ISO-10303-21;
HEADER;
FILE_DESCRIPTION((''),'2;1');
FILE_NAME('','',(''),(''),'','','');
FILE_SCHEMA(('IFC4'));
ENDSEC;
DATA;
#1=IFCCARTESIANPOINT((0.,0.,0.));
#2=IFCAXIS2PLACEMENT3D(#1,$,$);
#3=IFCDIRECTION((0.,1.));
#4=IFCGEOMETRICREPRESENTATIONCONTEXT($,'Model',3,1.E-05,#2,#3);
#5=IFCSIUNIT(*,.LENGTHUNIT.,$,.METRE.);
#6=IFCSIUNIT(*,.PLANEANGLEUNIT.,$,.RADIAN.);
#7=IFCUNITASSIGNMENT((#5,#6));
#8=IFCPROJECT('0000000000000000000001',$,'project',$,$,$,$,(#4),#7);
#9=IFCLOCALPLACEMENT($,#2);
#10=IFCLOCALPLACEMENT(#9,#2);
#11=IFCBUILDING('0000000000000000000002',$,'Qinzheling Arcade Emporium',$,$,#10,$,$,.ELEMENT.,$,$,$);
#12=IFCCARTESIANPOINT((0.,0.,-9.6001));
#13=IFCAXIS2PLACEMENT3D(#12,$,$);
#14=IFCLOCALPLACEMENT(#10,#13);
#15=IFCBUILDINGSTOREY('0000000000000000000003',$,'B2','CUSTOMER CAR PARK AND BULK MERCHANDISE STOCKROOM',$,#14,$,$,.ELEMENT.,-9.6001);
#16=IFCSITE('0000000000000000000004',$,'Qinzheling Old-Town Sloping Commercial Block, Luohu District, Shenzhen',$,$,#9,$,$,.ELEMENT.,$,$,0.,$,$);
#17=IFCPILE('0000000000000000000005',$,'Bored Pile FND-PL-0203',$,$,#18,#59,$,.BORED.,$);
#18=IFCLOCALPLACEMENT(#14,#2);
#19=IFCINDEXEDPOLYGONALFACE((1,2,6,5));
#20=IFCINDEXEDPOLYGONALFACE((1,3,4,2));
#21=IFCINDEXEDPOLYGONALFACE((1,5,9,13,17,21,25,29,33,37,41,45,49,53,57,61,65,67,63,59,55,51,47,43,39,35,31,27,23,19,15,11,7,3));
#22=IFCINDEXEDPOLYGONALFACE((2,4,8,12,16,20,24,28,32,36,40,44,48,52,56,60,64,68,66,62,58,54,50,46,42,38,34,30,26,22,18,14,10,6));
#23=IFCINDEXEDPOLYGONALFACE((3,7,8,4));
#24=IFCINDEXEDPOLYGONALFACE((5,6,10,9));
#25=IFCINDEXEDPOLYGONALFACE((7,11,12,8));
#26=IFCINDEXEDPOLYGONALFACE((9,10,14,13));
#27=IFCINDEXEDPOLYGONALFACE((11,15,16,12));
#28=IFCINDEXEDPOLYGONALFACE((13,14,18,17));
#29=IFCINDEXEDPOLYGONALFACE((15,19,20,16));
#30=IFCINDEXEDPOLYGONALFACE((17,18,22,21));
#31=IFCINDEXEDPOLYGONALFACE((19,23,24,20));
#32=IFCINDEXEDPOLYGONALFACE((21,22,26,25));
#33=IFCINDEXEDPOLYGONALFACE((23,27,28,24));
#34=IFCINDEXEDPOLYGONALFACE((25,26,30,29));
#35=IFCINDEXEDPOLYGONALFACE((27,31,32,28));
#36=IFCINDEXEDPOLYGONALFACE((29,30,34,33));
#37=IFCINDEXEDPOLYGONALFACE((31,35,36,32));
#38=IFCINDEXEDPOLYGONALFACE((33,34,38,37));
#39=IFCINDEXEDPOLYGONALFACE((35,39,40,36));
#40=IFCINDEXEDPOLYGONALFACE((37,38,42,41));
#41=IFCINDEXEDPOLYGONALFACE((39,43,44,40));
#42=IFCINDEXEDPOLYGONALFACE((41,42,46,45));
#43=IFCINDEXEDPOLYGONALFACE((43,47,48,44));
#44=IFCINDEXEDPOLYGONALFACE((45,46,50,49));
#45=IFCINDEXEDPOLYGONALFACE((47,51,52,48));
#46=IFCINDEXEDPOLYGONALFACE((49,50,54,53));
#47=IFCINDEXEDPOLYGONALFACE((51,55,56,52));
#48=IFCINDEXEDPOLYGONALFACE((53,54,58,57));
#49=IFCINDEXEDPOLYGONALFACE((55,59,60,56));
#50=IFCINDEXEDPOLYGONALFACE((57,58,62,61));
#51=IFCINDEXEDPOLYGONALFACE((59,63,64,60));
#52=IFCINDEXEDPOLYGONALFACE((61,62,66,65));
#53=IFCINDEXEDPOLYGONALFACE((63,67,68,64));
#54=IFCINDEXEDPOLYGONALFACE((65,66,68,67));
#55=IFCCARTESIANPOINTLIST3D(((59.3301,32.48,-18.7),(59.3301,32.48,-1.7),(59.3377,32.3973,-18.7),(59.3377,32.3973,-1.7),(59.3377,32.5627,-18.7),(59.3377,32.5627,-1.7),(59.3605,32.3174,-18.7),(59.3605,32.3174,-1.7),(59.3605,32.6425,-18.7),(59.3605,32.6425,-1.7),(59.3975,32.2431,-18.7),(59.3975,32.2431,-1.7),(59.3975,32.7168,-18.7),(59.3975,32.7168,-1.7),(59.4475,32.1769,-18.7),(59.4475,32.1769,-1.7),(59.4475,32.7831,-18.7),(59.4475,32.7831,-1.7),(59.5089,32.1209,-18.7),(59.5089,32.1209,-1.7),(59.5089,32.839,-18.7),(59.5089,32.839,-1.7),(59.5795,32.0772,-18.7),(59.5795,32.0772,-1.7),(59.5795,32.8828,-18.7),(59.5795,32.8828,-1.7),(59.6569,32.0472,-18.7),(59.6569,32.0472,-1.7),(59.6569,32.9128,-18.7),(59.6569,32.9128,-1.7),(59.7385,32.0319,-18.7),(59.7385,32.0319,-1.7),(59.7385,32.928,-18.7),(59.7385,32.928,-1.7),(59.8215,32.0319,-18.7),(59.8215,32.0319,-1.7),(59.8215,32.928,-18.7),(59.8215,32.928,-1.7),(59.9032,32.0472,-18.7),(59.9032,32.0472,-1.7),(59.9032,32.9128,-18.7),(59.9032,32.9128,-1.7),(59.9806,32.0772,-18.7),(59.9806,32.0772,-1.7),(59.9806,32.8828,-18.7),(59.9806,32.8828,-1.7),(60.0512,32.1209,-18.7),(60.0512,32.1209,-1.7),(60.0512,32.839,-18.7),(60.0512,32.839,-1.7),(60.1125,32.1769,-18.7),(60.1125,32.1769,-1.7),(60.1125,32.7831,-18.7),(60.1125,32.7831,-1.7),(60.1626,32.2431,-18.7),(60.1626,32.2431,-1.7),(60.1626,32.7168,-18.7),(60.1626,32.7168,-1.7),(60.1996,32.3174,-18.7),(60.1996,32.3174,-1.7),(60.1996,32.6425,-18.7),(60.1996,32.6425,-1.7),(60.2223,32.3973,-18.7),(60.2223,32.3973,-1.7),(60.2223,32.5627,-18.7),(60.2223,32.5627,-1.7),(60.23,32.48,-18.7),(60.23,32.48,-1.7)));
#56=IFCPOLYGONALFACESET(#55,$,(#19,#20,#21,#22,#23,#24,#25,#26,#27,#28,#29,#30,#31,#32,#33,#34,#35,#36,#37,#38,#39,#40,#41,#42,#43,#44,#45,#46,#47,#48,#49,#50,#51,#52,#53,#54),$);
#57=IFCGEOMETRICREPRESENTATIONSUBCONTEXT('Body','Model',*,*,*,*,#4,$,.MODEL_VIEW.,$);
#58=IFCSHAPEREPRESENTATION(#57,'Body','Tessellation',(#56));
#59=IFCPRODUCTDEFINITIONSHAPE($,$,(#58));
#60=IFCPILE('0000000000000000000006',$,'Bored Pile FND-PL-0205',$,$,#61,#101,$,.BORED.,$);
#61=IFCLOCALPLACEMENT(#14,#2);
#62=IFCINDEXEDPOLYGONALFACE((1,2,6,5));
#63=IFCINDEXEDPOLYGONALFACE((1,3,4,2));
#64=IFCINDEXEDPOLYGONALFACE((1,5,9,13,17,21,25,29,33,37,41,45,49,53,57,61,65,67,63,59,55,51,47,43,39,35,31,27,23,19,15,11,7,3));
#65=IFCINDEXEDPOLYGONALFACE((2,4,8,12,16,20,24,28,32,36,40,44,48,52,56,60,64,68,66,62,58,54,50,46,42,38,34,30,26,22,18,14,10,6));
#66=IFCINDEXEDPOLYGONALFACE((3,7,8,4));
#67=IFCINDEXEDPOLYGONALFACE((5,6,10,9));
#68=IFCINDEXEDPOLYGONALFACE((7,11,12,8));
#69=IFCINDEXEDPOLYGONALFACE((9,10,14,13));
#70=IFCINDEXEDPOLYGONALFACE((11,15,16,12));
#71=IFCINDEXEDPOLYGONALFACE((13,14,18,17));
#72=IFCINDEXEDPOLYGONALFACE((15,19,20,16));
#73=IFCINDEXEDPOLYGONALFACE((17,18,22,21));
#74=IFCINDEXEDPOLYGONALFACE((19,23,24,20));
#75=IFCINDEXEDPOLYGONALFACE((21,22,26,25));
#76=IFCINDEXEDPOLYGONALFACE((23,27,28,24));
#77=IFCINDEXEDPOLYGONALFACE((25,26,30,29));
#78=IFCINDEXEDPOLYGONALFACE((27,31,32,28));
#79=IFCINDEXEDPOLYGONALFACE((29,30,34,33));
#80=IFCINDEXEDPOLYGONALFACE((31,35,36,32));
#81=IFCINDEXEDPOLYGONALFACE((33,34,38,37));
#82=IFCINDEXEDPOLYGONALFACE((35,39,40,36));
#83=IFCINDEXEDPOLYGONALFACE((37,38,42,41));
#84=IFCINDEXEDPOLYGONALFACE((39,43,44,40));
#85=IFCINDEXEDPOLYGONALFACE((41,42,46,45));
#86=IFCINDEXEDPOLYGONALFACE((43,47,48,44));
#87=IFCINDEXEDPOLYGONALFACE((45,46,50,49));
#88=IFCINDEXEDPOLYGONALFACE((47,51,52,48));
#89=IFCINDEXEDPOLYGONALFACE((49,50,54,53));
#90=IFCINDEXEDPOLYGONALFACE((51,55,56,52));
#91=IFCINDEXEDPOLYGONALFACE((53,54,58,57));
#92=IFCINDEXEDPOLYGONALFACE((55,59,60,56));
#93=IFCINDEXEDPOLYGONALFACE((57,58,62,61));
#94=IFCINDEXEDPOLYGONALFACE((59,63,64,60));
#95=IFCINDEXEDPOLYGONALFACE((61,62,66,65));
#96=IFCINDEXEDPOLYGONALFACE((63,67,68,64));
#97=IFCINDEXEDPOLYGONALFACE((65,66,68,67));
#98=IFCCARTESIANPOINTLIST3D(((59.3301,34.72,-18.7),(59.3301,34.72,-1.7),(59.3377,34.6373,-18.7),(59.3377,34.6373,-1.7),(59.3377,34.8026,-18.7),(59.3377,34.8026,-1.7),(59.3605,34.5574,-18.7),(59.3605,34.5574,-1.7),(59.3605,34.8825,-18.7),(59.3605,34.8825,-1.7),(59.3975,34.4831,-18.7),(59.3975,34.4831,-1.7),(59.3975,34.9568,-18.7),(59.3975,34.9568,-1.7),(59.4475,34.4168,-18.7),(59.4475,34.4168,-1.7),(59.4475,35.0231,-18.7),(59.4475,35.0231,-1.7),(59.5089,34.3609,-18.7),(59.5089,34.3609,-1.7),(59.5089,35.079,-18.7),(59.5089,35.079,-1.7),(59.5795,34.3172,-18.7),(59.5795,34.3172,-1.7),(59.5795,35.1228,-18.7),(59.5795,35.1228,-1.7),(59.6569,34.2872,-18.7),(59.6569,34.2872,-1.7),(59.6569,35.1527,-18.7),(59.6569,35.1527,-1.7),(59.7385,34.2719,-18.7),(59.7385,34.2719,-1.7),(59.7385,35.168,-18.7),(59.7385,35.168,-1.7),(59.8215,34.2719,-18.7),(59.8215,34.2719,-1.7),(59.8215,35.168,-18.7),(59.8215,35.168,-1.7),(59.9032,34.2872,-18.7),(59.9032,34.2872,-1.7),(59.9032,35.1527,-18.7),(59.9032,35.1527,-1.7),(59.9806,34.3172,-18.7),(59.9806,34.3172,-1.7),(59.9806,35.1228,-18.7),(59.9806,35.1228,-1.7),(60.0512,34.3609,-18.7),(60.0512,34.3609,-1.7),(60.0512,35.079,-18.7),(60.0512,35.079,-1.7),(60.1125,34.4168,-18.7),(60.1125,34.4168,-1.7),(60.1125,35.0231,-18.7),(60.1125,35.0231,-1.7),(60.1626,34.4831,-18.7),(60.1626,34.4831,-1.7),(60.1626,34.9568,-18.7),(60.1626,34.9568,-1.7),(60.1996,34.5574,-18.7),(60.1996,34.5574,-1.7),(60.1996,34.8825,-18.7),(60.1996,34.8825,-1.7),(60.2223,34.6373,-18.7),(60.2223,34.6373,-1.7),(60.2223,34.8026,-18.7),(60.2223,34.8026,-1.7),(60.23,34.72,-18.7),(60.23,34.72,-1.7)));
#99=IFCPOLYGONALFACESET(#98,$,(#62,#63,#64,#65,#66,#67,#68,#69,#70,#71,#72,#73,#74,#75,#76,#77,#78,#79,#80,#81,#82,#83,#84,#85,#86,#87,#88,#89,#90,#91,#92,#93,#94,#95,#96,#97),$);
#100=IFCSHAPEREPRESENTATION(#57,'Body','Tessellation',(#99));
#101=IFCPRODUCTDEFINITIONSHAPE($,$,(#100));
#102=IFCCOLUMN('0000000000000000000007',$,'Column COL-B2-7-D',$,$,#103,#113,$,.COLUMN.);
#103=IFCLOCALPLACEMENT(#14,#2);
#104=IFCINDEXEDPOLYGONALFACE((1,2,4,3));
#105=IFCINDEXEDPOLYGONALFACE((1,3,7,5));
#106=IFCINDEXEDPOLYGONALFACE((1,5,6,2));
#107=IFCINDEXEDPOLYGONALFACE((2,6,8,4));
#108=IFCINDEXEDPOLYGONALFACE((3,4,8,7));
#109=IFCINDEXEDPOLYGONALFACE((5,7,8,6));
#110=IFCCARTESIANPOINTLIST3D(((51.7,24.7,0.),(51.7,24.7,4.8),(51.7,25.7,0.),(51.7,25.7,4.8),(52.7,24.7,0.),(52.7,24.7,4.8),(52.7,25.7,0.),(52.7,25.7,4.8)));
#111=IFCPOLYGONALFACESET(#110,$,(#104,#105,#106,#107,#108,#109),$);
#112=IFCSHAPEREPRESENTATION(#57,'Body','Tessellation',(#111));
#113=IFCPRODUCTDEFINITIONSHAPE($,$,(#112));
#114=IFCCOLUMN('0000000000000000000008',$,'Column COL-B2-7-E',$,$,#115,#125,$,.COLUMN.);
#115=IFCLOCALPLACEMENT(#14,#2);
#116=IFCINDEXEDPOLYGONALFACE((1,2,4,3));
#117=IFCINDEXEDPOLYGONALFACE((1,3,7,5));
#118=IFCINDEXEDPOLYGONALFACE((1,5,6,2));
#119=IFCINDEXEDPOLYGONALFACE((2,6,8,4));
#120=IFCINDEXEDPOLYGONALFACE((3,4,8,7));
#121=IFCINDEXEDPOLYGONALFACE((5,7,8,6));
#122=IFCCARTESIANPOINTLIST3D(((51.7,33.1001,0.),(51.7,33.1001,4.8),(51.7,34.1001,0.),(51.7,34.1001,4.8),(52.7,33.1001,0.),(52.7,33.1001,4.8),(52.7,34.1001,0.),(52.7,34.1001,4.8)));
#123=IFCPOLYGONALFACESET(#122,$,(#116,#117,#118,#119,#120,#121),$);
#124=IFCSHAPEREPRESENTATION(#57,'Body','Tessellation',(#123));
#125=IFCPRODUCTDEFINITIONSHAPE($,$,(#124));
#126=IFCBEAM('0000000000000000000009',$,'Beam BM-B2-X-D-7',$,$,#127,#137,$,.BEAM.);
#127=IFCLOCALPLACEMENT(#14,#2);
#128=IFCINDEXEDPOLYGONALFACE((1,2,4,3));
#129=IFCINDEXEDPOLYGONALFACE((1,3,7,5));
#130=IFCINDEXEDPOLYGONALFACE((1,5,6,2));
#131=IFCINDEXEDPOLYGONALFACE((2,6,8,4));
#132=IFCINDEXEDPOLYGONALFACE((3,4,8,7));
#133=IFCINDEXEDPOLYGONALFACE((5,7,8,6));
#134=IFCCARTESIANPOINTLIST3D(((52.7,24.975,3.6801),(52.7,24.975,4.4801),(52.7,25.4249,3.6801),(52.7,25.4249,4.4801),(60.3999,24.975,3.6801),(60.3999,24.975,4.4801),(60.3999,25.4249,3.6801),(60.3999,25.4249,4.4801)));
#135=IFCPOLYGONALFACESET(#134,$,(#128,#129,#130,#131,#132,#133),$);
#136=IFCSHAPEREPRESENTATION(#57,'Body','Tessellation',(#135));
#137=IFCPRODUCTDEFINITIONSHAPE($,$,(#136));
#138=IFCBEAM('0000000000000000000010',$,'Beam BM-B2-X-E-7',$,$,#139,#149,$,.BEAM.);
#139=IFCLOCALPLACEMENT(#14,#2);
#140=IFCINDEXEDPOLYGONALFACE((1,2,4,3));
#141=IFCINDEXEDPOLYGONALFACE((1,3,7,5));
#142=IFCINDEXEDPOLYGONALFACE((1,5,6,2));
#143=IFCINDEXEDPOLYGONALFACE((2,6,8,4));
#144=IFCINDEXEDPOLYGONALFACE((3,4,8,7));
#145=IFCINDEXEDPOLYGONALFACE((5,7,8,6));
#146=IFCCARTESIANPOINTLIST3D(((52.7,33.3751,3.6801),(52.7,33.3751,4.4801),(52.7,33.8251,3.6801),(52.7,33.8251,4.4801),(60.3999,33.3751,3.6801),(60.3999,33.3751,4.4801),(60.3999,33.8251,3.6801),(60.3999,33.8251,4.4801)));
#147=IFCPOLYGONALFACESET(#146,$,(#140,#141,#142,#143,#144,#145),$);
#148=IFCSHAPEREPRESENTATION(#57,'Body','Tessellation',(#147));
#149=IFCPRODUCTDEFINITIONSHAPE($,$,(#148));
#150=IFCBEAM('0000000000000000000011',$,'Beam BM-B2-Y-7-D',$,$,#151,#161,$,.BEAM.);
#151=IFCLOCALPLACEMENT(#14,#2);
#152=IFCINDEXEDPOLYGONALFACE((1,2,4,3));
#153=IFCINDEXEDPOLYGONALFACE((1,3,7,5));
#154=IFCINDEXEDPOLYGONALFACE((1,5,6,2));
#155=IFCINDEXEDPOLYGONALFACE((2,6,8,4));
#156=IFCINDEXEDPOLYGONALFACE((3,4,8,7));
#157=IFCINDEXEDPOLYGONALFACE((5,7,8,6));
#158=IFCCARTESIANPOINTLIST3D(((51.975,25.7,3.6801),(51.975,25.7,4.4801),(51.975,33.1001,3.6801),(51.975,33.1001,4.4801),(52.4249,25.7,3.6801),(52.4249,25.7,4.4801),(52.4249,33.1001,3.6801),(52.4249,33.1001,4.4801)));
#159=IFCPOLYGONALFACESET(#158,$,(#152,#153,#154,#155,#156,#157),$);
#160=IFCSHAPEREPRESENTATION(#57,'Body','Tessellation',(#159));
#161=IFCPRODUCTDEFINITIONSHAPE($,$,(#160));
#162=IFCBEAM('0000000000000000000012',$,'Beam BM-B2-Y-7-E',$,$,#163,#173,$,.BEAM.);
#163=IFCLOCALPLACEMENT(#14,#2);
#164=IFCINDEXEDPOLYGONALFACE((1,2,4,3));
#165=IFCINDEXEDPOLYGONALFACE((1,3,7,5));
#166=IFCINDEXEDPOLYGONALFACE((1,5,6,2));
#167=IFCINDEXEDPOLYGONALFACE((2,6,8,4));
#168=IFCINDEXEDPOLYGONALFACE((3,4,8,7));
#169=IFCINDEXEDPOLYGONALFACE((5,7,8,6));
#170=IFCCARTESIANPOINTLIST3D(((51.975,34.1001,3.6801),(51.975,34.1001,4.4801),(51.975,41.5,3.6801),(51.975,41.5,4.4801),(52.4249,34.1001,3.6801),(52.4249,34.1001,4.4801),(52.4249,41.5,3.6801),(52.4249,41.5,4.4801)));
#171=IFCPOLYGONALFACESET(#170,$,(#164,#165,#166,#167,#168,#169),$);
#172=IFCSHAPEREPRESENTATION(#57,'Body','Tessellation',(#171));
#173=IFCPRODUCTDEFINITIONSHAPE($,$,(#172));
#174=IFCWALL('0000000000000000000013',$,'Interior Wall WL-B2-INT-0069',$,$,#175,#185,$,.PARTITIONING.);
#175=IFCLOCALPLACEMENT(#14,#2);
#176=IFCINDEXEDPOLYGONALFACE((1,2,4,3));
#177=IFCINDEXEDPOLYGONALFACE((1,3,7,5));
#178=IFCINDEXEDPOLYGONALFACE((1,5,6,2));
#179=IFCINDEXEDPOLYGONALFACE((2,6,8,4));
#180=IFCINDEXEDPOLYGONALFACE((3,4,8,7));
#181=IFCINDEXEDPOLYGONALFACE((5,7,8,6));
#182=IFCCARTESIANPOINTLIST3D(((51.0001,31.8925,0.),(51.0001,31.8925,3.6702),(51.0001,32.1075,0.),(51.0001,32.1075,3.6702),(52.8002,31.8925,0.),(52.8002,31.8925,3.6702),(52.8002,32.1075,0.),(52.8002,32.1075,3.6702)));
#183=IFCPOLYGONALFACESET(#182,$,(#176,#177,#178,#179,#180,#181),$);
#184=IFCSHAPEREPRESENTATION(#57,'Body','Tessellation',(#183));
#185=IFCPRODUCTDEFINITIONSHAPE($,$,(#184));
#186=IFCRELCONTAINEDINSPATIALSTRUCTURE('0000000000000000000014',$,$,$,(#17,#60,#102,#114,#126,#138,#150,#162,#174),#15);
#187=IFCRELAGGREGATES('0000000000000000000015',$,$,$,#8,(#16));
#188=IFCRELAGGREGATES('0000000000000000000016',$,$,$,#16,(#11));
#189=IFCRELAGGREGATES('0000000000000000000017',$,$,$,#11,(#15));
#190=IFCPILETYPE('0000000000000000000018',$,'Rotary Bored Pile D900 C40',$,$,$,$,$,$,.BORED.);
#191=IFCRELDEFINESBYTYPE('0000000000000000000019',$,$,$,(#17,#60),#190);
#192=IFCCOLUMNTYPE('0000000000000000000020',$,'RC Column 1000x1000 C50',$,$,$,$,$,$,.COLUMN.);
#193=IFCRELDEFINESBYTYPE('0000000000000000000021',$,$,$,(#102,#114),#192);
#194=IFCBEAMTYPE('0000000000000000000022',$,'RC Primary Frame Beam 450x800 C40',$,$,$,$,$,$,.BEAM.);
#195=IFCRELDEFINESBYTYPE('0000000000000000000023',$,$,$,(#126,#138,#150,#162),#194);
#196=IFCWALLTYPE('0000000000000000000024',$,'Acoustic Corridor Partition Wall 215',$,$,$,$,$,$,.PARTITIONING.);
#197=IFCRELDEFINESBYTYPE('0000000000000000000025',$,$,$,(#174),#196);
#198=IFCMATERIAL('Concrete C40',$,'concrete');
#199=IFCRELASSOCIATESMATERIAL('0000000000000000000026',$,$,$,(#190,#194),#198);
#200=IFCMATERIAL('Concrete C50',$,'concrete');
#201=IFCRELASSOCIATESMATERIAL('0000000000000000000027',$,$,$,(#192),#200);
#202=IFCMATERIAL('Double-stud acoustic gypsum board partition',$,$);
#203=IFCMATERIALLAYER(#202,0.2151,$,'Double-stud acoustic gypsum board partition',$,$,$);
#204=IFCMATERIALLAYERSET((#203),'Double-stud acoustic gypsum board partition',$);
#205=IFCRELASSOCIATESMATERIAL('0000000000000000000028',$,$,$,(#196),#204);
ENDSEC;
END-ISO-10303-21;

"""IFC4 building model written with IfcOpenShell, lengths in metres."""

from ifc_helpers import new_model, si_unit, direction, frame, frame_2d, origin, origin_2d, place, context, subcontext, project, spatial, rectangle, circle, extrude, material, layer, layer_set, material_profile, profile_set, type_object, element, save


model = new_model("IFC4")

# Units and contexts
model_context = context("Model", 3, precision=1e-05, world=origin(), true_north=direction((0.0, 1.0)))
body_context = subcontext(model_context, "Body", "Model", "MODEL_VIEW")
ifc_project = project(units=[si_unit("LENGTHUNIT", "METRE"), si_unit("PLANEANGLEUNIT", "RADIAN")], contexts=[model_context])

# Site, building, storey
site_placement = place(None, origin())
site = spatial("IfcSite", under=ifc_project, at=site_placement, Name="Qinzheling Old-Town Sloping Commercial Block, Luohu District, Shenzhen", CompositionType="ELEMENT", RefElevation=0.0)
building_placement = place(site_placement, origin())
building = spatial("IfcBuilding", under=site, at=building_placement, Name="Qinzheling Arcade Emporium", CompositionType="ELEMENT")
storey_placement = place(building_placement, frame((0.0, 0.0, -9.6001)))
storey = spatial("IfcBuildingStorey", under=building, at=storey_placement, Name="B2", Description="CUSTOMER CAR PARK AND BULK MERCHANDISE STOCKROOM", CompositionType="ELEMENT", Elevation=-9.6001)

# Shared definitions
ifc_material_1 = material(Name="Concrete C40", Category="concrete")

# Piles
ifc_material_profile_1 = material_profile(ifc_material_1, circle(Radius=0.45, at=origin_2d()), Name="BORED D900", Category="concrete")
ifc_profile_set_1 = profile_set([ifc_material_profile_1], Name="Concrete C40")
pile_type = type_object("IfcPileType", Name="Rotary Bored Pile D900 C40", PredefinedType="BORED", material=ifc_profile_set_1)
for number, where, z_axis, x_axis, name in (
    (1, (59.78, 32.48, -1.7), (0.0, 0.0, -1.0), (1.0, 0.0, 0.0), "Bored Pile FND-PL-0203"),
    (2, (59.78, 34.72, -1.7), (0.0, 0.0, -1.0), (1.0, 0.0, 0.0), "Bored Pile FND-PL-0205"),
):
    element("IfcPile", number, at=place(storey_placement, frame(where, z_axis=z_axis, x_axis=x_axis)), inside=storey, type_object=pile_type, Name=name, PredefinedType="BORED", context=body_context, shape_type="SweptSolid", body=[
        extrude(circle(Radius=0.45, at=origin_2d()), origin(), (0.0, 0.0, 1.0), 17.0),
    ])

# Columns
ifc_material_2 = material(Name="Concrete C50", Category="concrete")
ifc_material_profile_2 = material_profile(ifc_material_2, rectangle(XDim=1.0, YDim=1.0, at=origin_2d()), Name="RC 1000x1000", Category="concrete")
ifc_profile_set_2 = profile_set([ifc_material_profile_2], Name="Concrete C50")
column_type = type_object("IfcColumnType", Name="RC Column 1000x1000 C50", PredefinedType="COLUMN", material=ifc_profile_set_2)
for number, where, z_axis, x_axis, name in (
    (3, (52.2, 25.2, 0.0), (0.0, 0.0, 1.0), (1.0, 0.0, 0.0), "Column COL-B2-7-D"),
    (4, (52.2, 33.6001, 0.0), (0.0, 0.0, 1.0), (1.0, 0.0, 0.0), "Column COL-B2-7-E"),
):
    element("IfcColumn", number, at=place(storey_placement, frame(where, z_axis=z_axis, x_axis=x_axis)), inside=storey, type_object=column_type, Name=name, PredefinedType="COLUMN", context=body_context, shape_type="SweptSolid", body=[
        extrude(rectangle(XDim=1.0, YDim=1.0, at=origin_2d()), origin(), (0.0, 0.0, 1.0), 4.8),
    ])

# Beams
ifc_material_profile_3 = material_profile(ifc_material_1, rectangle(XDim=0.45, YDim=0.8, at=origin_2d()), Name="RC 450x800", Category="concrete")
ifc_profile_set_3 = profile_set([ifc_material_profile_3], Name="Concrete C40")
beam_type = type_object("IfcBeamType", Name="RC Primary Frame Beam 450x800 C40", PredefinedType="BEAM", material=ifc_profile_set_3)
for number, where, z_axis, x_axis, name in (
    (5, (52.7, 25.2, 4.0801), (1.0, 0.0, 0.0), (0.0, 1.0, 0.0), "Beam BM-B2-X-D-7"),
    (6, (52.7, 33.6001, 4.0801), (1.0, 0.0, 0.0), (0.0, 1.0, 0.0), "Beam BM-B2-X-E-7"),
):
    element("IfcBeam", number, at=place(storey_placement, frame(where, z_axis=z_axis, x_axis=x_axis)), inside=storey, type_object=beam_type, Name=name, PredefinedType="BEAM", context=body_context, shape_type="SweptSolid", body=[
        extrude(rectangle(XDim=0.45, YDim=0.8, at=origin_2d()), origin(), (0.0, 0.0, 1.0), 7.7),
    ])
beam_1_placement = place(storey_placement, frame((52.2, 25.7, 4.0801), z_axis=(0.0, 1.0, 0.0), x_axis=(-1.0, 0.0, 0.0)))
element("IfcBeam", 7, at=beam_1_placement, inside=storey, type_object=beam_type, Name="Beam BM-B2-Y-7-D", PredefinedType="BEAM", context=body_context, shape_type="SweptSolid", body=[
    extrude(rectangle(XDim=0.45, YDim=0.8, at=origin_2d()), origin(), (0.0, 0.0, 1.0), 7.4001),
])
beam_2_placement = place(storey_placement, frame((52.2, 34.1001, 4.0801), z_axis=(0.0, 1.0, 0.0), x_axis=(-1.0, 0.0, 0.0)))
element("IfcBeam", 8, at=beam_2_placement, inside=storey, type_object=beam_type, Name="Beam BM-B2-Y-7-E", PredefinedType="BEAM", context=body_context, shape_type="SweptSolid", body=[
    extrude(rectangle(XDim=0.45, YDim=0.8, at=origin_2d()), origin(), (0.0, 0.0, 1.0), 7.3999),
])

# Wall
ifc_material_3 = material(Name="Double-stud acoustic gypsum board partition")
ifc_layer_1 = layer(ifc_material_3, 0.2151, Name="Double-stud acoustic gypsum board partition")
ifc_layer_set_1 = layer_set([ifc_layer_1], Name="Double-stud acoustic gypsum board partition")
wall_type_1 = type_object("IfcWallType", Name="Acoustic Corridor Partition Wall 215", PredefinedType="PARTITIONING", material=ifc_layer_set_1)
wall_1_placement = place(storey_placement, frame((52.8, 32.0, 0.0), z_axis=(0.0, 0.0, 1.0), x_axis=(-1.0, 0.0, 0.0)))
element("IfcWall", 9, at=wall_1_placement, inside=storey, type_object=wall_type_1, Name="Interior Wall WL-B2-INT-0069", PredefinedType="PARTITIONING", context=body_context, shape_type="SweptSolid", body=[
    extrude(rectangle(XDim=1.8, YDim=0.2151, at=frame_2d((0.8999, 0.0))), origin(), (0.0, 0.0, 1.0), 3.6702),
])

save(model, "model.ifc")
